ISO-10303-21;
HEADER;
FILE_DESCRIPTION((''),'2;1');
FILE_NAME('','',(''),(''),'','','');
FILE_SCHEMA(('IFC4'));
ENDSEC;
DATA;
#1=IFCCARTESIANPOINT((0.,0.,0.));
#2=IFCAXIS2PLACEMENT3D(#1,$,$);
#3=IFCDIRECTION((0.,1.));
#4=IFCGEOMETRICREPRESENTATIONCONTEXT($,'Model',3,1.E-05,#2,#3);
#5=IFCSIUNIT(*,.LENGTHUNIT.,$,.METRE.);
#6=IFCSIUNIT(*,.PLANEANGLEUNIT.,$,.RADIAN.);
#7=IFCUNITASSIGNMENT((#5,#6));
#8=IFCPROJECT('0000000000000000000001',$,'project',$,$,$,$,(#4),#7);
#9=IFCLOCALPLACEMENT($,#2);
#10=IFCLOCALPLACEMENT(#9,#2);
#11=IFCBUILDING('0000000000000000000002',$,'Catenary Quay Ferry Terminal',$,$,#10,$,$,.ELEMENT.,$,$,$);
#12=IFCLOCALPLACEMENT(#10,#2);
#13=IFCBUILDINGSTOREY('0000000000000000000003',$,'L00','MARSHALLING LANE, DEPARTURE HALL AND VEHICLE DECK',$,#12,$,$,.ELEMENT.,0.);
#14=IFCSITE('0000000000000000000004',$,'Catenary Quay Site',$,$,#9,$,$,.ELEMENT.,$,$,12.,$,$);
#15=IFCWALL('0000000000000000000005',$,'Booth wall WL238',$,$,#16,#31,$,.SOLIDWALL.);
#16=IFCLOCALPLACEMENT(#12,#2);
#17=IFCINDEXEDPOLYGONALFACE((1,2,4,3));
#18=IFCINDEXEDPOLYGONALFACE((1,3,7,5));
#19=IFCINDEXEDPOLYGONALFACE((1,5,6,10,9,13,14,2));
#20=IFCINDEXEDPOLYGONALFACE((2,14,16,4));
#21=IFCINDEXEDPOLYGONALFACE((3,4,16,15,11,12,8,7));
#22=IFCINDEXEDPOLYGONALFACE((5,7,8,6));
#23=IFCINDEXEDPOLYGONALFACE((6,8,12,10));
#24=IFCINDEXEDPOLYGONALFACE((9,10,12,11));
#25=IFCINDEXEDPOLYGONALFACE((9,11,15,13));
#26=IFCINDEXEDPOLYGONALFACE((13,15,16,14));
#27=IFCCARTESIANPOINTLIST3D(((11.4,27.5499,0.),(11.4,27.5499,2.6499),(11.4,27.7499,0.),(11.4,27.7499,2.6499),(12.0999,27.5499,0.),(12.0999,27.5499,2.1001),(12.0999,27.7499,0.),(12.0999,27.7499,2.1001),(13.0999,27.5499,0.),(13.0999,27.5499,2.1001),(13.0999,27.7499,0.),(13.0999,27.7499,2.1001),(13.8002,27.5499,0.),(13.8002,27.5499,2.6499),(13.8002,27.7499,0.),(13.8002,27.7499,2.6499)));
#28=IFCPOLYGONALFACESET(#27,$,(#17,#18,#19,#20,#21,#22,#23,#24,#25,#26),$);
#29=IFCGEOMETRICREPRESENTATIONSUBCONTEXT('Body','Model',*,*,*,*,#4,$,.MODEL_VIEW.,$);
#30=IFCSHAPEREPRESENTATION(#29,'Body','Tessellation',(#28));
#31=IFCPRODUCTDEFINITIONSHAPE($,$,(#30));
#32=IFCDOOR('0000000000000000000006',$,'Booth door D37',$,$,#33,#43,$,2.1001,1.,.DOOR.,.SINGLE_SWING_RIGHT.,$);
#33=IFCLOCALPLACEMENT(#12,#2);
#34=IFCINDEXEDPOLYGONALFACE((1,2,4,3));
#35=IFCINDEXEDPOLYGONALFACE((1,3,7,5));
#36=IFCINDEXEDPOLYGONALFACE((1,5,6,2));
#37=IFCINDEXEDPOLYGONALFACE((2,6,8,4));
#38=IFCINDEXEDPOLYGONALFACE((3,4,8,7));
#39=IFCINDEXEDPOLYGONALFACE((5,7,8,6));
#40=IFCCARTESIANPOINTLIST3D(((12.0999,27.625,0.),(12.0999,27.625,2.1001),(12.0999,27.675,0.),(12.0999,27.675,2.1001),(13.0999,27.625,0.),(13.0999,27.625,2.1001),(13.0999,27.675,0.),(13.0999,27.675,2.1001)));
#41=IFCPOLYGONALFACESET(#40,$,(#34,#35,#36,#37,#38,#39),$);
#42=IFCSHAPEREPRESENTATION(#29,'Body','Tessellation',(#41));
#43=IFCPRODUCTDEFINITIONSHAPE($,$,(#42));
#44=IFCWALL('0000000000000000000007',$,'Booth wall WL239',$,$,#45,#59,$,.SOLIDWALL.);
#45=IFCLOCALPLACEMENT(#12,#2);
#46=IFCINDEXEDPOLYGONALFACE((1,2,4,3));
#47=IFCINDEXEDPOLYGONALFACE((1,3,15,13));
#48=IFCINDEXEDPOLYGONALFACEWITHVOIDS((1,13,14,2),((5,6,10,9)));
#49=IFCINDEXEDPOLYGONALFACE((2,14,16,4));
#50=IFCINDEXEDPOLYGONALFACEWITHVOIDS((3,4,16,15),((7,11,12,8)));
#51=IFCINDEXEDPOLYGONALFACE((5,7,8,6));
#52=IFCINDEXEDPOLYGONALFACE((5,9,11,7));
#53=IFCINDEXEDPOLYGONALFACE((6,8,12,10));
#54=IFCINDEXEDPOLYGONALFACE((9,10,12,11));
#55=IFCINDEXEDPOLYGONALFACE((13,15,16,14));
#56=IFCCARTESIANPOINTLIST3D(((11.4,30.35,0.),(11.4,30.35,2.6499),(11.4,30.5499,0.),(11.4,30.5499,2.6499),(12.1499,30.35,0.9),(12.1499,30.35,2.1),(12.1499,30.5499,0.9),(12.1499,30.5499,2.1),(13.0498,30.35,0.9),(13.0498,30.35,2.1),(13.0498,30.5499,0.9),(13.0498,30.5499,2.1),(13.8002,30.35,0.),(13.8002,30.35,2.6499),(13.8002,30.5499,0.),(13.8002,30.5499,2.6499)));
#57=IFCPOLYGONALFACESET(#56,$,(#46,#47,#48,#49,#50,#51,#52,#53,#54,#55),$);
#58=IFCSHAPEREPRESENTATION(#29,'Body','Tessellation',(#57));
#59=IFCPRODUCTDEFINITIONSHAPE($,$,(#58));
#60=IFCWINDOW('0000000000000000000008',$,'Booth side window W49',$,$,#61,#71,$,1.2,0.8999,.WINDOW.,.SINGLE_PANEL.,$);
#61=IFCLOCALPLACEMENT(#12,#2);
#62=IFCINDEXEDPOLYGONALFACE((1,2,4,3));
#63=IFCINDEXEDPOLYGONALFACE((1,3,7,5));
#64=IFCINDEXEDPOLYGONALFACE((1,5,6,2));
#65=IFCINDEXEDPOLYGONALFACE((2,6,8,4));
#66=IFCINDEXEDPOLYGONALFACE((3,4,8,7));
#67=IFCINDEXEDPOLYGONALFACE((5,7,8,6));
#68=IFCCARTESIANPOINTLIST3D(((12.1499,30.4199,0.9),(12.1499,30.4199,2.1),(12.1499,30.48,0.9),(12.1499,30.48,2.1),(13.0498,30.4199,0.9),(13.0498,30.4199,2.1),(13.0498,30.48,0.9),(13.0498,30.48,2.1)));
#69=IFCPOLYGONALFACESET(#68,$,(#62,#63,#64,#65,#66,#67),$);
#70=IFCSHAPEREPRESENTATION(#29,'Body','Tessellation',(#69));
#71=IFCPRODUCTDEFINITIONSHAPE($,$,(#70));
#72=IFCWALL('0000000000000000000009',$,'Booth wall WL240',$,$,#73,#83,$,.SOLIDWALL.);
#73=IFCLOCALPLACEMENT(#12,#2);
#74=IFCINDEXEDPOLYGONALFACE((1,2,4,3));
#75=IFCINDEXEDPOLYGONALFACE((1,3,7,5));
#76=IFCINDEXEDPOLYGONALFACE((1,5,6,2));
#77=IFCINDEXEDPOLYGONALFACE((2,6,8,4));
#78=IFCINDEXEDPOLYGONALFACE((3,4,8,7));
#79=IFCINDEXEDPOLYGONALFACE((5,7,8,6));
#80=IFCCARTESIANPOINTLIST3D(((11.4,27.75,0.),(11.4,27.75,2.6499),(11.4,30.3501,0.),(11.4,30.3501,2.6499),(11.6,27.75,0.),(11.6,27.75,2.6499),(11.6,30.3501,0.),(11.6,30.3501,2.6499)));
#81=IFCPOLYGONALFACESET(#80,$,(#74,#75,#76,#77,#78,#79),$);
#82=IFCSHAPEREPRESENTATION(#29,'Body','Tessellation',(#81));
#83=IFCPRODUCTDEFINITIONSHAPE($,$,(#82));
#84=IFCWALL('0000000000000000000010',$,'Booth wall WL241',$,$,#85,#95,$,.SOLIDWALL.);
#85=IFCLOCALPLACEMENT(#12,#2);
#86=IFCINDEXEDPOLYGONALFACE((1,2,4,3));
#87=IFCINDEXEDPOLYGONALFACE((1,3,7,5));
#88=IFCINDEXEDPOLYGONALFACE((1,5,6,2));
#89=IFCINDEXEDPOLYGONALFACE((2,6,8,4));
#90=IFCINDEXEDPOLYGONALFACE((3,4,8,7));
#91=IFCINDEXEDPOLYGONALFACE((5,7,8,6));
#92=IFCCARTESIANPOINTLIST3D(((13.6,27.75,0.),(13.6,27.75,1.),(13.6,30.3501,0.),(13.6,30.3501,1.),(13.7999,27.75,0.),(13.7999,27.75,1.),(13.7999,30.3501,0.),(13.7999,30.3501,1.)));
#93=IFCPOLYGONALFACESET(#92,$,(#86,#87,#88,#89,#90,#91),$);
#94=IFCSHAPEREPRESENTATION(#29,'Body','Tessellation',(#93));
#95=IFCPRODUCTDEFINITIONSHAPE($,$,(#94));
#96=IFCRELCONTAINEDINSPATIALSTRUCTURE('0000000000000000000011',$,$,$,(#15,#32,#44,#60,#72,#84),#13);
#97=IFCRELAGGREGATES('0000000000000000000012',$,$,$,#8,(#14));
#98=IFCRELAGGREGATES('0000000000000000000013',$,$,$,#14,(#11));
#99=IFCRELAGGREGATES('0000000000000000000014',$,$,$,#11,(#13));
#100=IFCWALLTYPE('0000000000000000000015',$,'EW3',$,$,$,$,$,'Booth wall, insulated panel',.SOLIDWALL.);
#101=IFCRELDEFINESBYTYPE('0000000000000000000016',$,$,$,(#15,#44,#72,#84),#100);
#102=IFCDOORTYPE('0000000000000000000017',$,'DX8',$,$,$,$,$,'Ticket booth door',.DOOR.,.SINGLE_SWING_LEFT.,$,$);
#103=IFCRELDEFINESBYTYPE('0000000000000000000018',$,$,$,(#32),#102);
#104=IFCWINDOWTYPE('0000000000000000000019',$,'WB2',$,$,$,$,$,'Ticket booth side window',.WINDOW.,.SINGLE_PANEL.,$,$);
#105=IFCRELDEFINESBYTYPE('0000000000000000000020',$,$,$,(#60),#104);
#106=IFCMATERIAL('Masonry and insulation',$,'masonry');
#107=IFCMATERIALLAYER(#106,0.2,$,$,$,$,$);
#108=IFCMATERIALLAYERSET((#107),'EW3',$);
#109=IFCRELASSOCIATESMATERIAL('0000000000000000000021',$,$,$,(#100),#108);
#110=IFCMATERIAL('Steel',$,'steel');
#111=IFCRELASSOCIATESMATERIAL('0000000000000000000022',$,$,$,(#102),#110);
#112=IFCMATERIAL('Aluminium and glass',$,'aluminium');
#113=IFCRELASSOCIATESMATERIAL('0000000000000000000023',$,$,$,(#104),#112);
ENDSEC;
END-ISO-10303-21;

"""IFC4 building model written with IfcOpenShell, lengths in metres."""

from ifc_helpers import new_model, si_unit, direction, frame, frame_2d, origin, place, context, subcontext, project, spatial, rectangle, extrude, material, layer, layer_set, type_object, element, fill, save


model = new_model("IFC4")

# Units and contexts
model_context = context("Model", 3, precision=1e-05, world=origin(), true_north=direction((0.0, 1.0)))
body_context = subcontext(model_context, "Body", "Model", "MODEL_VIEW")
ifc_project = project(units=[si_unit("LENGTHUNIT", "METRE"), si_unit("PLANEANGLEUNIT", "RADIAN")], contexts=[model_context])

# Site, building, storey
site_placement = place(None, origin())
site = spatial("IfcSite", under=ifc_project, at=site_placement, Name="Catenary Quay Site", CompositionType="ELEMENT", RefElevation=12.0)
building_placement = place(site_placement, origin())
building = spatial("IfcBuilding", under=site, at=building_placement, Name="Catenary Quay Ferry Terminal", CompositionType="ELEMENT")
storey_placement = place(building_placement, origin())
storey = spatial("IfcBuildingStorey", under=building, at=storey_placement, Name="L00", Description="MARSHALLING LANE, DEPARTURE HALL AND VEHICLE DECK", CompositionType="ELEMENT", Elevation=0.0)

# Shared definitions
ifc_material_1 = material(Name="Masonry and insulation", Category="masonry")
ifc_layer_1 = layer(ifc_material_1, 0.2)
ifc_layer_set_1 = layer_set([ifc_layer_1], Name="EW3")
wall_type = type_object("IfcWallType", Name="EW3", ElementType="Booth wall, insulated panel", PredefinedType="SOLIDWALL", material=ifc_layer_set_1)
ifc_material_2 = material(Name="Steel", Category="steel")
door_type = type_object("IfcDoorType", Name="DX8", ElementType="Ticket booth door", OperationType="SINGLE_SWING_LEFT", PredefinedType="DOOR", material=ifc_material_2)

# Shared definitions
ifc_material_3 = material(Name="Aluminium and glass", Category="aluminium")
window_type = type_object("IfcWindowType", Name="WB2", ElementType="Ticket booth side window", PartitioningType="SINGLE_PANEL", PredefinedType="WINDOW", material=ifc_material_3)

# Wall, opening, door
wall_1_placement = place(storey_placement, frame((11.3999, 27.6499, 0.0), z_axis=(0.0, 0.0, 1.0), x_axis=(1.0, 0.0, 0.0)))
wall_1 = element("IfcWall", 1, at=wall_1_placement, inside=storey, type_object=wall_type, Name="Booth wall WL238", PredefinedType="SOLIDWALL", context=body_context, shape_type="SweptSolid", body=[
    extrude(rectangle(XDim=2.4001, YDim=0.2, at=frame_2d((1.2002, 0.0))), origin(), (0.0, 0.0, 1.0), 2.6499),
])
opening_1_placement = place(wall_1_placement, frame((0.7, 0.0, 0.0)))
opening_1 = element("IfcOpeningElement", 2, at=opening_1_placement, cuts=wall_1, PredefinedType="OPENING", context=body_context, shape_type="SweptSolid", body=[
    extrude(rectangle(XDim=1.0, YDim=2.1001, at=frame_2d((0.5, 1.05))), frame((0.0, 0.1099, 0.0), z_axis=(0.0, -1.0, 0.0), x_axis=(1.0, 0.0, 0.0)), (0.0, 0.0, 1.0), 0.22),
])
door_1_placement = place(opening_1_placement, frame((1.0, 0.0, 0.0), z_axis=(0.0, 0.0, 1.0), x_axis=(-1.0, 0.0, 0.0)))
door_1 = element("IfcDoor", 3, at=door_1_placement, inside=storey, type_object=door_type, Name="Booth door D37", OperationType="SINGLE_SWING_RIGHT", OverallHeight=2.1001, OverallWidth=1.0, PredefinedType="DOOR", context=body_context, shape_type="SweptSolid", body=[
    extrude(rectangle(XDim=1.0, YDim=2.1001, at=frame_2d((0.5, 1.05))), frame((0.0, 0.0249, 0.0), z_axis=(0.0, -1.0, 0.0), x_axis=(1.0, 0.0, 0.0)), (0.0, 0.0, 1.0), 0.05),
])
fill(opening_1, door_1)

# Wall, opening, window
wall_2_placement = place(storey_placement, frame((11.3999, 30.45, 0.0), z_axis=(0.0, 0.0, 1.0), x_axis=(1.0, 0.0, 0.0)))
wall_2 = element("IfcWall", 4, at=wall_2_placement, inside=storey, type_object=wall_type, Name="Booth wall WL239", PredefinedType="SOLIDWALL", context=body_context, shape_type="SweptSolid", body=[
    extrude(rectangle(XDim=2.4001, YDim=0.2, at=frame_2d((1.2002, 0.0))), origin(), (0.0, 0.0, 1.0), 2.6499),
])
opening_2_placement = place(wall_2_placement, frame((0.75, 0.0, 0.8999)))
opening_2 = element("IfcOpeningElement", 5, at=opening_2_placement, cuts=wall_2, PredefinedType="OPENING", context=body_context, shape_type="SweptSolid", body=[
    extrude(rectangle(XDim=0.8999, YDim=1.2, at=frame_2d((0.45, 0.6001))), frame((0.0, 0.1099, 0.0), z_axis=(0.0, -1.0, 0.0), x_axis=(1.0, 0.0, 0.0)), (0.0, 0.0, 1.0), 0.22),
])
window_1_placement = place(opening_2_placement, origin())
window_1 = element("IfcWindow", 6, at=window_1_placement, inside=storey, type_object=window_type, Name="Booth side window W49", OverallHeight=1.2, OverallWidth=0.8999, PartitioningType="SINGLE_PANEL", PredefinedType="WINDOW", context=body_context, shape_type="SweptSolid", body=[
    extrude(rectangle(XDim=0.8999, YDim=1.2, at=frame_2d((0.45, 0.6001))), frame((0.0, 0.03, 0.0), z_axis=(0.0, -1.0, 0.0), x_axis=(1.0, 0.0, 0.0)), (0.0, 0.0, 1.0), 0.0601),
])
fill(opening_2, window_1)

# Walls
wall_3_placement = place(storey_placement, frame((11.5, 27.75, 0.0), z_axis=(0.0, 0.0, 1.0), x_axis=(0.0, 1.0, 0.0)))
element("IfcWall", 7, at=wall_3_placement, inside=storey, type_object=wall_type, Name="Booth wall WL240", PredefinedType="SOLIDWALL", context=body_context, shape_type="SweptSolid", body=[
    extrude(rectangle(XDim=2.6001, YDim=0.2, at=frame_2d((1.3, 0.0))), origin(), (0.0, 0.0, 1.0), 2.6499),
])
wall_4_placement = place(storey_placement, frame((13.7, 27.75, 0.0), z_axis=(0.0, 0.0, 1.0), x_axis=(0.0, 1.0, 0.0)))
element("IfcWall", 8, at=wall_4_placement, inside=storey, type_object=wall_type, Name="Booth wall WL241", PredefinedType="SOLIDWALL", context=body_context, shape_type="SweptSolid", body=[
    extrude(rectangle(XDim=2.6001, YDim=0.2, at=frame_2d((1.3, 0.0))), origin(), (0.0, 0.0, 1.0), 1.0),
])

save(model, "model.ifc")
